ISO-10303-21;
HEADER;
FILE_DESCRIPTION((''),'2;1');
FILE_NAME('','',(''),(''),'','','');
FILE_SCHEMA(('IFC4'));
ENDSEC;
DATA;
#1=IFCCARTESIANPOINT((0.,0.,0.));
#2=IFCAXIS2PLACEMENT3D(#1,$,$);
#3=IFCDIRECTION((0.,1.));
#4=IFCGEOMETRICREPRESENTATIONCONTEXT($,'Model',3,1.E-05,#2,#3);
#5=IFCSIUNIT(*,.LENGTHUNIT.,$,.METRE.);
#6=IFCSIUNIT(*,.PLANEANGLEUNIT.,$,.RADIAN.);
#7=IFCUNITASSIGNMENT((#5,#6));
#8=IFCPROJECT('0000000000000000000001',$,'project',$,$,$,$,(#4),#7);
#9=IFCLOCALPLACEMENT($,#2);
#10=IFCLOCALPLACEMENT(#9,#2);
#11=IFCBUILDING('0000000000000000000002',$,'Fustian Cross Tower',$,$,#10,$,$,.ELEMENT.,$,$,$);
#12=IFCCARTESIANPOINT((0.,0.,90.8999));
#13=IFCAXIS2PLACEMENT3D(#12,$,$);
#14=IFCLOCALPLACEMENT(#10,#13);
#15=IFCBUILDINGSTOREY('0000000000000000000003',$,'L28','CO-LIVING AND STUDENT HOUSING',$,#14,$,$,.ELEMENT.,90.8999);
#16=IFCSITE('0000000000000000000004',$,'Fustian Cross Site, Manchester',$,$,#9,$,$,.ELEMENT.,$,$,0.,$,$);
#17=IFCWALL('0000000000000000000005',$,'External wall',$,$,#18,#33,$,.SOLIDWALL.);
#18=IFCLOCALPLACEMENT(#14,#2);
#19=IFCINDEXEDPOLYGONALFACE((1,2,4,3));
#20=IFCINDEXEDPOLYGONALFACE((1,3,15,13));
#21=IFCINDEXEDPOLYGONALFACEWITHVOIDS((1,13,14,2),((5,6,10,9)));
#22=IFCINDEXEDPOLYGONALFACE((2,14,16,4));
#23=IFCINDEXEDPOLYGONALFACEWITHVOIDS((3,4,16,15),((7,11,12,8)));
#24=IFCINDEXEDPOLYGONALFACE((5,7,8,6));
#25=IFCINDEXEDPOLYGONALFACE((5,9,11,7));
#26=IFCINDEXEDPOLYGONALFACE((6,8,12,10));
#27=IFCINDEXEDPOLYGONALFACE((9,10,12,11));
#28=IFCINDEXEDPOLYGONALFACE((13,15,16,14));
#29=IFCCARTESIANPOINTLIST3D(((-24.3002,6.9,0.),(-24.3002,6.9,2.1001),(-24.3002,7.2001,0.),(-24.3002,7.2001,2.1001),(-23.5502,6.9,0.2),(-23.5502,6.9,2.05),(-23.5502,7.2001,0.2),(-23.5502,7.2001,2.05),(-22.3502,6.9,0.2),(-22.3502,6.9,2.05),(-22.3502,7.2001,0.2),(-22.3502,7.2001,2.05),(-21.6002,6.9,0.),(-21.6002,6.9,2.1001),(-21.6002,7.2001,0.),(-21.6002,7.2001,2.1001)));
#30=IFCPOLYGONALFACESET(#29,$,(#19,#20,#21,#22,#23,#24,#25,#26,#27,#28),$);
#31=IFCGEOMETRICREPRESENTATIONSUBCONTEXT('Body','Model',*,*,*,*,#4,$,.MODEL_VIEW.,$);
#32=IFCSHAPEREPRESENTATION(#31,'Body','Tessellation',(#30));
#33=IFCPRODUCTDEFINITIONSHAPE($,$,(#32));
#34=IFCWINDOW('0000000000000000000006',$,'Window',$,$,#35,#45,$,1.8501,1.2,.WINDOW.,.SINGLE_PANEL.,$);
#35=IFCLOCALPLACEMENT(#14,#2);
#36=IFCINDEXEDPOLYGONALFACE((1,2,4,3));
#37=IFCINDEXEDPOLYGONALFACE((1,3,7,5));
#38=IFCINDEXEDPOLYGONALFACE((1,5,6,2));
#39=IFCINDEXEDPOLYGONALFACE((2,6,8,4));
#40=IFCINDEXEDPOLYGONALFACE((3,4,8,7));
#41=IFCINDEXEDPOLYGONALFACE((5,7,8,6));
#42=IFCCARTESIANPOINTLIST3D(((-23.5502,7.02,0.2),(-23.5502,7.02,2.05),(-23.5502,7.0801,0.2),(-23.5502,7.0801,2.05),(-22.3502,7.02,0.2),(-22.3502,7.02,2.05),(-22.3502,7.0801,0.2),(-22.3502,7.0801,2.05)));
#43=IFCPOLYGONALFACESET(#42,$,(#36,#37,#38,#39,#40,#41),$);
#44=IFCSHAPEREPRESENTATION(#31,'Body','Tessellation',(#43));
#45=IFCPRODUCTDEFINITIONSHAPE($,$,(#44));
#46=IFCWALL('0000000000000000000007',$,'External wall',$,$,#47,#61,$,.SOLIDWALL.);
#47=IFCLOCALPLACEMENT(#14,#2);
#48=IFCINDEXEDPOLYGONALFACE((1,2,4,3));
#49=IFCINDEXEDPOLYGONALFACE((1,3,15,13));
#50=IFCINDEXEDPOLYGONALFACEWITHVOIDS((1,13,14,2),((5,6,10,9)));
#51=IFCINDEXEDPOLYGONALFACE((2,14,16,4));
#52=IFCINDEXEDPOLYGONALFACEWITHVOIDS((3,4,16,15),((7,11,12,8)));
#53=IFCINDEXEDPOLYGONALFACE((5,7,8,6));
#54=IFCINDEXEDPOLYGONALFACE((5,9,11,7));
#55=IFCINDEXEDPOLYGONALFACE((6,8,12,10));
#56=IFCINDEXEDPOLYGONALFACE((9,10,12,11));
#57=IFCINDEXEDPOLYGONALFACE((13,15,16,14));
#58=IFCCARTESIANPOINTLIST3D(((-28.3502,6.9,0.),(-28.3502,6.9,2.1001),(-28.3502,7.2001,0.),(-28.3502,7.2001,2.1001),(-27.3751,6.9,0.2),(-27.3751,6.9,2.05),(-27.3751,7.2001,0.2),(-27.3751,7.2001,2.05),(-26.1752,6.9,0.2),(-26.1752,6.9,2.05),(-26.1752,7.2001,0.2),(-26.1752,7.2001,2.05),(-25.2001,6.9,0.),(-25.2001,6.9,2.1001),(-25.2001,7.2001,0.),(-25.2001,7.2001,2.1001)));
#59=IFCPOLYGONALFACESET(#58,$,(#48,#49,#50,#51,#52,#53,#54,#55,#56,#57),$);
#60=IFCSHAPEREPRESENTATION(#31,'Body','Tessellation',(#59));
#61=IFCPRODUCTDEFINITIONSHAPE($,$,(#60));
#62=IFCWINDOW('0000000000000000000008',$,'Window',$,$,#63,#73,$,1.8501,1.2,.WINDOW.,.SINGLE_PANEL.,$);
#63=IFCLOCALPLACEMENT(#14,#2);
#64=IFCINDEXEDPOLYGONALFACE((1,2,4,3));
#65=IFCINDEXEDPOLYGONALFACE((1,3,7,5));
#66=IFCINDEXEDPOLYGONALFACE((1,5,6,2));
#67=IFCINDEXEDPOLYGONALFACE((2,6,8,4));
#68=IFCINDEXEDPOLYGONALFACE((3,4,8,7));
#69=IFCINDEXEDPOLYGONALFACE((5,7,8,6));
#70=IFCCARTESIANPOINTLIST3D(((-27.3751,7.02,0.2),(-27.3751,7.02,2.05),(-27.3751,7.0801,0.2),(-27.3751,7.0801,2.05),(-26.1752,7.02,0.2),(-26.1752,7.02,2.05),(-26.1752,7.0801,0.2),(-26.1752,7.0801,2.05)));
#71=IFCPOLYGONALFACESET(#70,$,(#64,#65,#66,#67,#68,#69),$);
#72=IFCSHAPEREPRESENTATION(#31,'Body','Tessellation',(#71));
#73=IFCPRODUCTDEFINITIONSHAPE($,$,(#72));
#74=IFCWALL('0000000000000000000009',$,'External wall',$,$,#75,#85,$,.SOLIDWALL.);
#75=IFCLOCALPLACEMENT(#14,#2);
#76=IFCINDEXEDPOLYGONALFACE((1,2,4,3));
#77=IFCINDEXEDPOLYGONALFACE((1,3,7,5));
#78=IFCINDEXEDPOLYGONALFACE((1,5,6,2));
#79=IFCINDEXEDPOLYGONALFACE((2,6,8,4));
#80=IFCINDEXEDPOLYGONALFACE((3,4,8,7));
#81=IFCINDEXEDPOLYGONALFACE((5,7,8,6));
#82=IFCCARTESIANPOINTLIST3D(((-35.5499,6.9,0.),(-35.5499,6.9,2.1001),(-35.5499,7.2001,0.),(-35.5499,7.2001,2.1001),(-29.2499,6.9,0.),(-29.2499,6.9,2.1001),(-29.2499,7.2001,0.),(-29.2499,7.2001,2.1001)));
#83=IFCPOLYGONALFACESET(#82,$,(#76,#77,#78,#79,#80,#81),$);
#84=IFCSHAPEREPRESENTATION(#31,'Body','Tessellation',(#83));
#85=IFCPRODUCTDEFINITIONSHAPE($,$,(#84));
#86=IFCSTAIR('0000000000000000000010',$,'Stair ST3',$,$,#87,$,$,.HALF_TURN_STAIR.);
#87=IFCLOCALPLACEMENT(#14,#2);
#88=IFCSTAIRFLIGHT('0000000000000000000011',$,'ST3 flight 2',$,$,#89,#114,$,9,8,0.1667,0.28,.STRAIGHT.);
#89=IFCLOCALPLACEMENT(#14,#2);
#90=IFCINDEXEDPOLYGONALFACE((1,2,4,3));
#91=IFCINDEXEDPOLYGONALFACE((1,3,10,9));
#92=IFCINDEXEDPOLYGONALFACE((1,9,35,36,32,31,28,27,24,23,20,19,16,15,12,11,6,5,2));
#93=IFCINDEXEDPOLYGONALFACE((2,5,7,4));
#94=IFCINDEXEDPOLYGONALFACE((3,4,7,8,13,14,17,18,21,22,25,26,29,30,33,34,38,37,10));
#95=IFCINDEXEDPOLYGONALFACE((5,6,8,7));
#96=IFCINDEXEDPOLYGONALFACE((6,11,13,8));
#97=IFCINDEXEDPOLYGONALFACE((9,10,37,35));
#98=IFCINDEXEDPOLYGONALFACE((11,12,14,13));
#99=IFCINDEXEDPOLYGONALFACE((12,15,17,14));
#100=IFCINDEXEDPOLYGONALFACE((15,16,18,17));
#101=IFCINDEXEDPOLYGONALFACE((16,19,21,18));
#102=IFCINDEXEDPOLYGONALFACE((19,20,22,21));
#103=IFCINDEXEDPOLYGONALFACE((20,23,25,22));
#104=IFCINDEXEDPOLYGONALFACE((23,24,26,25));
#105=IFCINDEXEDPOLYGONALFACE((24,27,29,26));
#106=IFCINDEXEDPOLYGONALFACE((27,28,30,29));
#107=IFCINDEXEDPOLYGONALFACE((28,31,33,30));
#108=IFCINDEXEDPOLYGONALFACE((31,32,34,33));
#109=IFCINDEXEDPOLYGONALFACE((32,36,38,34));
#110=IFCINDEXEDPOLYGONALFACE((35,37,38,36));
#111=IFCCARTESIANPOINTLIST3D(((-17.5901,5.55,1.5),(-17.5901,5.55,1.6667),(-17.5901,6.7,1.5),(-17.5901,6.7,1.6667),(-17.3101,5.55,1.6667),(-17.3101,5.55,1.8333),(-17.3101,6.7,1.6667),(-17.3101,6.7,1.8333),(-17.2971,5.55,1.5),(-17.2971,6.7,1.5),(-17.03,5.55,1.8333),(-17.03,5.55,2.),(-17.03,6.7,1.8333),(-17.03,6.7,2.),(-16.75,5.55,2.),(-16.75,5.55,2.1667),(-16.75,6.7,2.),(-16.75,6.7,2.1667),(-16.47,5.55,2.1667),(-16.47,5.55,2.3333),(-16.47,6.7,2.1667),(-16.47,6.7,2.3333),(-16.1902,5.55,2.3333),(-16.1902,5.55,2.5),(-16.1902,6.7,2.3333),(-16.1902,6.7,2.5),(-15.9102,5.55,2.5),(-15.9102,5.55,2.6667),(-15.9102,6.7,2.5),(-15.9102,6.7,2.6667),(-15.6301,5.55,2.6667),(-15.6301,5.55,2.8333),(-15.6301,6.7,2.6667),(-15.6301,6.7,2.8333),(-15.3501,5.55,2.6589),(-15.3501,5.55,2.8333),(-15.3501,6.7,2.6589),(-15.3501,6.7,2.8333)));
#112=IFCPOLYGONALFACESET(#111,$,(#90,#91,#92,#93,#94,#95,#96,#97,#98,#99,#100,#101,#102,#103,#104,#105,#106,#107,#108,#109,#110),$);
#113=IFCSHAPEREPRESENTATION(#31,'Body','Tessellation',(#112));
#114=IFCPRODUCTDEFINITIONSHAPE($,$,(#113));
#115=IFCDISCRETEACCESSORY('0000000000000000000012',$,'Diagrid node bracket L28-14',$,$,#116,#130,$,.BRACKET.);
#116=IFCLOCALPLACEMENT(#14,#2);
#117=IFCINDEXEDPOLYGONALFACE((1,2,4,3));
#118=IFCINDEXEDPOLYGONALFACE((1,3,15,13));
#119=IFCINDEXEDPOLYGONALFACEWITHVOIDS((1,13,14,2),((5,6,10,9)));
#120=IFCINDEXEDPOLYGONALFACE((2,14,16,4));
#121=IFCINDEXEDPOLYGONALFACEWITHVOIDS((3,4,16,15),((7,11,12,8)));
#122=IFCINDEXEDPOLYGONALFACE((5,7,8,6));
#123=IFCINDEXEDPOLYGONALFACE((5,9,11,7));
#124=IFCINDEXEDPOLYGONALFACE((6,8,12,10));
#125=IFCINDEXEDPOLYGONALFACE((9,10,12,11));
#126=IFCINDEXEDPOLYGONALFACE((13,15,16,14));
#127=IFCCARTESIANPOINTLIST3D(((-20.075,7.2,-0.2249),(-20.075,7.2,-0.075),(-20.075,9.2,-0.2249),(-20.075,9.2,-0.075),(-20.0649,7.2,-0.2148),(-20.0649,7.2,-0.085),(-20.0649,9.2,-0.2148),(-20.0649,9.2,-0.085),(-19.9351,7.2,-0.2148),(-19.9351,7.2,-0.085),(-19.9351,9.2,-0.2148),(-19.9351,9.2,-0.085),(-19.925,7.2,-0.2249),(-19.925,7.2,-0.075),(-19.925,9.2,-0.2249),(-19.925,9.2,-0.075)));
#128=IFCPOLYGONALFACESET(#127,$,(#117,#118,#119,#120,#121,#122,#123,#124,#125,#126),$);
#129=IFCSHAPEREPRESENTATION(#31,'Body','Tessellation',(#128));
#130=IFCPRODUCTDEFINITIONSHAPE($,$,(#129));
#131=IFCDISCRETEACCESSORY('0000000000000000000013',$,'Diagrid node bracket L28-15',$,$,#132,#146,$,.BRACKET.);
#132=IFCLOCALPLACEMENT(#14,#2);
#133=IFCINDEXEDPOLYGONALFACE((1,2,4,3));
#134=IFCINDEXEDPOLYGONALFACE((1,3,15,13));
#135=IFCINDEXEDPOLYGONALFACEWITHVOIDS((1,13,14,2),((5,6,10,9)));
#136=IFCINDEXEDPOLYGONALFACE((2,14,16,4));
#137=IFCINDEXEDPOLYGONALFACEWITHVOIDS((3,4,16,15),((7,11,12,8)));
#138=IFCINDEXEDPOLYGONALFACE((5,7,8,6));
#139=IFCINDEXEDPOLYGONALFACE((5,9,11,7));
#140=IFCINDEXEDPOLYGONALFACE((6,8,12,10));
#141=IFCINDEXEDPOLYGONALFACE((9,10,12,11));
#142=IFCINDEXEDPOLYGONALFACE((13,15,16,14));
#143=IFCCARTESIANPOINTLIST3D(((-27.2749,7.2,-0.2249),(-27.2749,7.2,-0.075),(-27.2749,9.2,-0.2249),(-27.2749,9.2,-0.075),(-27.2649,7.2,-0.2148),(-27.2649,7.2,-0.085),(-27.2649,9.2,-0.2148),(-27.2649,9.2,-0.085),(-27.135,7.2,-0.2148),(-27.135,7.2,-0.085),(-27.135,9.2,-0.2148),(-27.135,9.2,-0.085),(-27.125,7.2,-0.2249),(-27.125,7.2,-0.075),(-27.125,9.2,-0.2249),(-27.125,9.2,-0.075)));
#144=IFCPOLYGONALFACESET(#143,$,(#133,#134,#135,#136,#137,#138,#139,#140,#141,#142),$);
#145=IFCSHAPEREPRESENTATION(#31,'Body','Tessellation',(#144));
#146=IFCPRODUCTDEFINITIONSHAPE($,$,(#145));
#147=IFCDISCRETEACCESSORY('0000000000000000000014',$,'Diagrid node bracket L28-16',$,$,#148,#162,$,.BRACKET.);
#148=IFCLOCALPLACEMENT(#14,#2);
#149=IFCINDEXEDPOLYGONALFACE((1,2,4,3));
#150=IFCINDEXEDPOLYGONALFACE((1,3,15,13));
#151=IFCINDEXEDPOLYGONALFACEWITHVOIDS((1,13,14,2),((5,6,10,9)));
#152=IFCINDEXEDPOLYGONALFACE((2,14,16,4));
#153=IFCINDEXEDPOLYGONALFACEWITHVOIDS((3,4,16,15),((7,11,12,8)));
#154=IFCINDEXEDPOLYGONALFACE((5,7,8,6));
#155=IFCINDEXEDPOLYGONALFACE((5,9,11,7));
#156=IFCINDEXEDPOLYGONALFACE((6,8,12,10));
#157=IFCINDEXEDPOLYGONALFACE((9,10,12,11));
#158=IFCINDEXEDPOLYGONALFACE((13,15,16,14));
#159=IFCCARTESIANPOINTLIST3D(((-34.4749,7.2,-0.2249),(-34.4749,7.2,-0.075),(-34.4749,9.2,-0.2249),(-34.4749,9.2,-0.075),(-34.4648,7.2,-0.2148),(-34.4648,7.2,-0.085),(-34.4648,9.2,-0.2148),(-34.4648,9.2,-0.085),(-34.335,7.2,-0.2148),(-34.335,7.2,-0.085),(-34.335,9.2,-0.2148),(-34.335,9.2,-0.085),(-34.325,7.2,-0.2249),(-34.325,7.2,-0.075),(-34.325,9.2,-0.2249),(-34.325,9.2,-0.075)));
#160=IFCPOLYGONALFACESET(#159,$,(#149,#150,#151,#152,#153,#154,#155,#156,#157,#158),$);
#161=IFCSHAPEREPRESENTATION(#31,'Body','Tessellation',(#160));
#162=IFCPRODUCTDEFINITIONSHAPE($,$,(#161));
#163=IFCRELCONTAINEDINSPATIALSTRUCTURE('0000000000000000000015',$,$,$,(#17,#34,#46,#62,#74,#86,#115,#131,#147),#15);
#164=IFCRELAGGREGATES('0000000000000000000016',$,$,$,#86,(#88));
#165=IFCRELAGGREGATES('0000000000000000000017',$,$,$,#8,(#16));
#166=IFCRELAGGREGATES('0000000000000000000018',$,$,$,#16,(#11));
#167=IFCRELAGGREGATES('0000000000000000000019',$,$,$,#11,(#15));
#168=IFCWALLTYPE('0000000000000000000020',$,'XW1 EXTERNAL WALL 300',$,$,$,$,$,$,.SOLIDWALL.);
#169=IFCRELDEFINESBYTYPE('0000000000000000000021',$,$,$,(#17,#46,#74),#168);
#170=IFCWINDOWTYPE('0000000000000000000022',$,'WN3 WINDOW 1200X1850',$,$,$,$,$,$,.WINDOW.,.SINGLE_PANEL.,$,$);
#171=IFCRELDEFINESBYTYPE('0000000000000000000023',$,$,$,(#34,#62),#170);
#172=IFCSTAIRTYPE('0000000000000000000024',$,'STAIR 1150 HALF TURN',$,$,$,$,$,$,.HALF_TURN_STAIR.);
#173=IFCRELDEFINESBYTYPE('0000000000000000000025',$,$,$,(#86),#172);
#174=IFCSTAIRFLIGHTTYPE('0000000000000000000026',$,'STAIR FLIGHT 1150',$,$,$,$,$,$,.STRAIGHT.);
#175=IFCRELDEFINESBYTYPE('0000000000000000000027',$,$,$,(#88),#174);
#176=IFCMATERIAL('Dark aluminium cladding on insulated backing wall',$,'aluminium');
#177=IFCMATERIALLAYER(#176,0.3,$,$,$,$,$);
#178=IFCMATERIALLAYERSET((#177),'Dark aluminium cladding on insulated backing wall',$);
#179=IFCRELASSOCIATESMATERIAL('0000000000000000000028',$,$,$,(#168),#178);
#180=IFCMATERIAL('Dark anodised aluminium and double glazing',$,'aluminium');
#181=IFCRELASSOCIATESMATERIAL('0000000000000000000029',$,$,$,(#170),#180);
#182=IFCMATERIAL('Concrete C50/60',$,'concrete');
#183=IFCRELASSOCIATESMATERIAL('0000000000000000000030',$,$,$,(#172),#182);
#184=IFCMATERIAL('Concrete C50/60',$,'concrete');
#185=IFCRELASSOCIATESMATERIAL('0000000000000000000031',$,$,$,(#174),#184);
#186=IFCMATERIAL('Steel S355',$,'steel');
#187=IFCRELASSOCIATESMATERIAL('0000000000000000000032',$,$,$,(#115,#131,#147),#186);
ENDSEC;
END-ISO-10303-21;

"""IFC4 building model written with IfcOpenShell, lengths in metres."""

from ifc_helpers import new_model, si_unit, direction, frame, frame_2d, origin, origin_2d, place, context, subcontext, project, spatial, polyline, rectangle, hollow_rectangle, outline, extrude, material, layer, layer_set, type_object, element, fill, aggregate, save


model = new_model("IFC4")

# Units and contexts
model_context = context("Model", 3, precision=1e-05, world=origin(), true_north=direction((0.0, 1.0)))
body_context = subcontext(model_context, "Body", "Model", "MODEL_VIEW")
ifc_project = project(units=[si_unit("LENGTHUNIT", "METRE"), si_unit("PLANEANGLEUNIT", "RADIAN")], contexts=[model_context])

# Site, building, storey
site_placement = place(None, origin())
site = spatial("IfcSite", under=ifc_project, at=site_placement, Name="Fustian Cross Site, Manchester", CompositionType="ELEMENT", RefElevation=0.0)
building_placement = place(site_placement, origin())
building = spatial("IfcBuilding", under=site, at=building_placement, Name="Fustian Cross Tower", CompositionType="ELEMENT")
storey_placement = place(building_placement, frame((0.0, 0.0, 90.8999)))
storey = spatial("IfcBuildingStorey", under=building, at=storey_placement, Name="L28", Description="CO-LIVING AND STUDENT HOUSING", CompositionType="ELEMENT", Elevation=90.8999)

# Walls, openings, windows
ifc_material_1 = material(Name="Dark aluminium cladding on insulated backing wall", Category="aluminium")
ifc_layer_1 = layer(ifc_material_1, 0.3)
ifc_layer_set_1 = layer_set([ifc_layer_1], Name="Dark aluminium cladding on insulated backing wall")
wall_type_1 = type_object("IfcWallType", Name="XW1 EXTERNAL WALL 300", PredefinedType="SOLIDWALL", material=ifc_layer_set_1)
wall_1_placement = place(storey_placement, frame((-21.6001, 7.05, 0.0), z_axis=(0.0, 0.0, 1.0), x_axis=(-1.0, 0.0, 0.0)))
wall_1 = element("IfcWall", 1, at=wall_1_placement, inside=storey, type_object=wall_type_1, Name="External wall", PredefinedType="SOLIDWALL", context=body_context, shape_type="SweptSolid", body=[
    extrude(rectangle(XDim=2.7, YDim=0.3, at=frame_2d((1.3501, 0.0))), origin(), (0.0, 0.0, 1.0), 2.1001),
])
opening_1_placement = place(wall_1_placement, frame((0.75, 0.0, 0.2)))
opening_1 = element("IfcOpeningElement", 2, at=opening_1_placement, cuts=wall_1, PredefinedType="OPENING", context=body_context, shape_type="SweptSolid", body=[
    extrude(rectangle(XDim=1.2, YDim=1.8501, at=frame_2d((0.6001, 0.925))), frame((0.0, 0.1599, 0.0), z_axis=(0.0, -1.0, 0.0), x_axis=(1.0, 0.0, 0.0)), (0.0, 0.0, 1.0), 0.3201),
])
ifc_material_2 = material(Name="Dark anodised aluminium and double glazing", Category="aluminium")
window_type = type_object("IfcWindowType", Name="WN3 WINDOW 1200X1850", PartitioningType="SINGLE_PANEL", PredefinedType="WINDOW", material=ifc_material_2)
window_1_placement = place(opening_1_placement, origin())
window_1 = element("IfcWindow", 3, at=window_1_placement, inside=storey, type_object=window_type, Name="Window", OverallHeight=1.8501, OverallWidth=1.2, PartitioningType="SINGLE_PANEL", PredefinedType="WINDOW", context=body_context, shape_type="SweptSolid", body=[
    extrude(rectangle(XDim=1.2, YDim=1.8501, at=frame_2d((0.6001, 0.925))), frame((0.0, 0.03, 0.0), z_axis=(0.0, -1.0, 0.0), x_axis=(1.0, 0.0, 0.0)), (0.0, 0.0, 1.0), 0.0601),
])
fill(opening_1, window_1)
wall_2_placement = place(storey_placement, frame((-25.2, 7.05, 0.0), z_axis=(0.0, 0.0, 1.0), x_axis=(-1.0, 0.0, 0.0)))
wall_2 = element("IfcWall", 4, at=wall_2_placement, inside=storey, type_object=wall_type_1, Name="External wall", PredefinedType="SOLIDWALL", context=body_context, shape_type="SweptSolid", body=[
    extrude(rectangle(XDim=3.1501, YDim=0.3, at=frame_2d((1.5752, 0.0))), origin(), (0.0, 0.0, 1.0), 2.1001),
])
opening_2_placement = place(wall_2_placement, frame((0.9751, 0.0, 0.2)))
opening_2 = element("IfcOpeningElement", 5, at=opening_2_placement, cuts=wall_2, PredefinedType="OPENING", context=body_context, shape_type="SweptSolid", body=[
    extrude(rectangle(XDim=1.2, YDim=1.8501, at=frame_2d((0.6001, 0.925))), frame((0.0, 0.1599, 0.0), z_axis=(0.0, -1.0, 0.0), x_axis=(1.0, 0.0, 0.0)), (0.0, 0.0, 1.0), 0.3201),
])
window_2_placement = place(opening_2_placement, origin())
window_2 = element("IfcWindow", 6, at=window_2_placement, inside=storey, type_object=window_type, Name="Window", OverallHeight=1.8501, OverallWidth=1.2, PartitioningType="SINGLE_PANEL", PredefinedType="WINDOW", context=body_context, shape_type="SweptSolid", body=[
    extrude(rectangle(XDim=1.2, YDim=1.8501, at=frame_2d((0.6001, 0.925))), frame((0.0, 0.03, 0.0), z_axis=(0.0, -1.0, 0.0), x_axis=(1.0, 0.0, 0.0)), (0.0, 0.0, 1.0), 0.0601),
])
fill(opening_2, window_2)

# Wall
wall_3_placement = place(storey_placement, frame((-29.25, 7.05, 0.0), z_axis=(0.0, 0.0, 1.0), x_axis=(-1.0, 0.0, 0.0)))
element("IfcWall", 7, at=wall_3_placement, inside=storey, type_object=wall_type_1, Name="External wall", PredefinedType="SOLIDWALL", context=body_context, shape_type="SweptSolid", body=[
    extrude(rectangle(XDim=6.3, YDim=0.3, at=frame_2d((3.1499, 0.0))), origin(), (0.0, 0.0, 1.0), 2.1001),
])

# Stair, stair flight
ifc_material_3 = material(Name="Concrete C50/60", Category="concrete")
stair_type = type_object("IfcStairType", Name="STAIR 1150 HALF TURN", PredefinedType="HALF_TURN_STAIR", material=ifc_material_3)
stair_placement = place(storey_placement, origin())
stair = element("IfcStair", 8, at=stair_placement, inside=storey, type_object=stair_type, Name="Stair ST3", PredefinedType="HALF_TURN_STAIR")
ifc_material_4 = material(Name="Concrete C50/60", Category="concrete")
stair_flight_type = type_object("IfcStairFlightType", Name="STAIR FLIGHT 1150", PredefinedType="STRAIGHT", material=ifc_material_4)
stair_flight_placement = place(storey_placement, frame((-17.5901, 6.125, 1.5), z_axis=(0.0, 0.0, 1.0), x_axis=(1.0, 0.0, 0.0)))
stair_flight = element("IfcStairFlight", 9, at=stair_flight_placement, type_object=stair_flight_type, Name="ST3 flight 2", NumberOfRisers=9, NumberOfTreads=8, PredefinedType="STRAIGHT", RiserHeight=0.1667, TreadLength=0.28, context=body_context, shape_type="SweptSolid", body=[
    extrude(outline(polyline([(0.0, 0.0), (0.0, 0.1667), (0.28, 0.1667), (0.28, 0.3333), (0.5601, 0.3333), (0.5601, 0.5), (0.8401, 0.5), (0.8401, 0.6667), (1.1201, 0.6667), (1.1201, 0.8333), (1.3999, 0.8333), (1.3999, 1.0), (1.6799, 1.0), (1.6799, 1.1667), (1.96, 1.1667), (1.96, 1.3333), (2.24, 1.3333), (2.24, 1.5), (2.24, 1.1589), (0.293, 0.0), (0.0, 0.0)])), frame((0.0, 0.575, 0.0), z_axis=(0.0, -1.0, 0.0), x_axis=(1.0, 0.0, 0.0)), (0.0, 0.0, 1.0), 1.1499),
])
aggregate(stair, [stair_flight])

# Discrete accessories
ifc_material_5 = material(Name="Steel S355", Category="steel")
for number, where, z_axis, x_axis, name in (
    (10, (-20.0, 9.2, -0.1499), (0.0, -1.0, 0.0), (1.0, 0.0, 0.0), "Diagrid node bracket L28-14"),
    (11, (-27.2, 9.2, -0.1499), (0.0, -1.0, 0.0), (1.0, 0.0, 0.0), "Diagrid node bracket L28-15"),
    (12, (-34.3999, 9.2, -0.1499), (0.0, -1.0, 0.0), (1.0, 0.0, 0.0), "Diagrid node bracket L28-16"),
):
    element("IfcDiscreteAccessory", number, at=place(storey_placement, frame(where, z_axis=z_axis, x_axis=x_axis)), inside=storey, material=ifc_material_5, Name=name, PredefinedType="BRACKET", context=body_context, shape_type="SweptSolid", body=[
        extrude(hollow_rectangle(XDim=0.1499, YDim=0.1499, WallThickness=0.01, at=origin_2d()), origin(), (0.0, 0.0, 1.0), 2.0),
    ])

save(model, "model.ifc")
